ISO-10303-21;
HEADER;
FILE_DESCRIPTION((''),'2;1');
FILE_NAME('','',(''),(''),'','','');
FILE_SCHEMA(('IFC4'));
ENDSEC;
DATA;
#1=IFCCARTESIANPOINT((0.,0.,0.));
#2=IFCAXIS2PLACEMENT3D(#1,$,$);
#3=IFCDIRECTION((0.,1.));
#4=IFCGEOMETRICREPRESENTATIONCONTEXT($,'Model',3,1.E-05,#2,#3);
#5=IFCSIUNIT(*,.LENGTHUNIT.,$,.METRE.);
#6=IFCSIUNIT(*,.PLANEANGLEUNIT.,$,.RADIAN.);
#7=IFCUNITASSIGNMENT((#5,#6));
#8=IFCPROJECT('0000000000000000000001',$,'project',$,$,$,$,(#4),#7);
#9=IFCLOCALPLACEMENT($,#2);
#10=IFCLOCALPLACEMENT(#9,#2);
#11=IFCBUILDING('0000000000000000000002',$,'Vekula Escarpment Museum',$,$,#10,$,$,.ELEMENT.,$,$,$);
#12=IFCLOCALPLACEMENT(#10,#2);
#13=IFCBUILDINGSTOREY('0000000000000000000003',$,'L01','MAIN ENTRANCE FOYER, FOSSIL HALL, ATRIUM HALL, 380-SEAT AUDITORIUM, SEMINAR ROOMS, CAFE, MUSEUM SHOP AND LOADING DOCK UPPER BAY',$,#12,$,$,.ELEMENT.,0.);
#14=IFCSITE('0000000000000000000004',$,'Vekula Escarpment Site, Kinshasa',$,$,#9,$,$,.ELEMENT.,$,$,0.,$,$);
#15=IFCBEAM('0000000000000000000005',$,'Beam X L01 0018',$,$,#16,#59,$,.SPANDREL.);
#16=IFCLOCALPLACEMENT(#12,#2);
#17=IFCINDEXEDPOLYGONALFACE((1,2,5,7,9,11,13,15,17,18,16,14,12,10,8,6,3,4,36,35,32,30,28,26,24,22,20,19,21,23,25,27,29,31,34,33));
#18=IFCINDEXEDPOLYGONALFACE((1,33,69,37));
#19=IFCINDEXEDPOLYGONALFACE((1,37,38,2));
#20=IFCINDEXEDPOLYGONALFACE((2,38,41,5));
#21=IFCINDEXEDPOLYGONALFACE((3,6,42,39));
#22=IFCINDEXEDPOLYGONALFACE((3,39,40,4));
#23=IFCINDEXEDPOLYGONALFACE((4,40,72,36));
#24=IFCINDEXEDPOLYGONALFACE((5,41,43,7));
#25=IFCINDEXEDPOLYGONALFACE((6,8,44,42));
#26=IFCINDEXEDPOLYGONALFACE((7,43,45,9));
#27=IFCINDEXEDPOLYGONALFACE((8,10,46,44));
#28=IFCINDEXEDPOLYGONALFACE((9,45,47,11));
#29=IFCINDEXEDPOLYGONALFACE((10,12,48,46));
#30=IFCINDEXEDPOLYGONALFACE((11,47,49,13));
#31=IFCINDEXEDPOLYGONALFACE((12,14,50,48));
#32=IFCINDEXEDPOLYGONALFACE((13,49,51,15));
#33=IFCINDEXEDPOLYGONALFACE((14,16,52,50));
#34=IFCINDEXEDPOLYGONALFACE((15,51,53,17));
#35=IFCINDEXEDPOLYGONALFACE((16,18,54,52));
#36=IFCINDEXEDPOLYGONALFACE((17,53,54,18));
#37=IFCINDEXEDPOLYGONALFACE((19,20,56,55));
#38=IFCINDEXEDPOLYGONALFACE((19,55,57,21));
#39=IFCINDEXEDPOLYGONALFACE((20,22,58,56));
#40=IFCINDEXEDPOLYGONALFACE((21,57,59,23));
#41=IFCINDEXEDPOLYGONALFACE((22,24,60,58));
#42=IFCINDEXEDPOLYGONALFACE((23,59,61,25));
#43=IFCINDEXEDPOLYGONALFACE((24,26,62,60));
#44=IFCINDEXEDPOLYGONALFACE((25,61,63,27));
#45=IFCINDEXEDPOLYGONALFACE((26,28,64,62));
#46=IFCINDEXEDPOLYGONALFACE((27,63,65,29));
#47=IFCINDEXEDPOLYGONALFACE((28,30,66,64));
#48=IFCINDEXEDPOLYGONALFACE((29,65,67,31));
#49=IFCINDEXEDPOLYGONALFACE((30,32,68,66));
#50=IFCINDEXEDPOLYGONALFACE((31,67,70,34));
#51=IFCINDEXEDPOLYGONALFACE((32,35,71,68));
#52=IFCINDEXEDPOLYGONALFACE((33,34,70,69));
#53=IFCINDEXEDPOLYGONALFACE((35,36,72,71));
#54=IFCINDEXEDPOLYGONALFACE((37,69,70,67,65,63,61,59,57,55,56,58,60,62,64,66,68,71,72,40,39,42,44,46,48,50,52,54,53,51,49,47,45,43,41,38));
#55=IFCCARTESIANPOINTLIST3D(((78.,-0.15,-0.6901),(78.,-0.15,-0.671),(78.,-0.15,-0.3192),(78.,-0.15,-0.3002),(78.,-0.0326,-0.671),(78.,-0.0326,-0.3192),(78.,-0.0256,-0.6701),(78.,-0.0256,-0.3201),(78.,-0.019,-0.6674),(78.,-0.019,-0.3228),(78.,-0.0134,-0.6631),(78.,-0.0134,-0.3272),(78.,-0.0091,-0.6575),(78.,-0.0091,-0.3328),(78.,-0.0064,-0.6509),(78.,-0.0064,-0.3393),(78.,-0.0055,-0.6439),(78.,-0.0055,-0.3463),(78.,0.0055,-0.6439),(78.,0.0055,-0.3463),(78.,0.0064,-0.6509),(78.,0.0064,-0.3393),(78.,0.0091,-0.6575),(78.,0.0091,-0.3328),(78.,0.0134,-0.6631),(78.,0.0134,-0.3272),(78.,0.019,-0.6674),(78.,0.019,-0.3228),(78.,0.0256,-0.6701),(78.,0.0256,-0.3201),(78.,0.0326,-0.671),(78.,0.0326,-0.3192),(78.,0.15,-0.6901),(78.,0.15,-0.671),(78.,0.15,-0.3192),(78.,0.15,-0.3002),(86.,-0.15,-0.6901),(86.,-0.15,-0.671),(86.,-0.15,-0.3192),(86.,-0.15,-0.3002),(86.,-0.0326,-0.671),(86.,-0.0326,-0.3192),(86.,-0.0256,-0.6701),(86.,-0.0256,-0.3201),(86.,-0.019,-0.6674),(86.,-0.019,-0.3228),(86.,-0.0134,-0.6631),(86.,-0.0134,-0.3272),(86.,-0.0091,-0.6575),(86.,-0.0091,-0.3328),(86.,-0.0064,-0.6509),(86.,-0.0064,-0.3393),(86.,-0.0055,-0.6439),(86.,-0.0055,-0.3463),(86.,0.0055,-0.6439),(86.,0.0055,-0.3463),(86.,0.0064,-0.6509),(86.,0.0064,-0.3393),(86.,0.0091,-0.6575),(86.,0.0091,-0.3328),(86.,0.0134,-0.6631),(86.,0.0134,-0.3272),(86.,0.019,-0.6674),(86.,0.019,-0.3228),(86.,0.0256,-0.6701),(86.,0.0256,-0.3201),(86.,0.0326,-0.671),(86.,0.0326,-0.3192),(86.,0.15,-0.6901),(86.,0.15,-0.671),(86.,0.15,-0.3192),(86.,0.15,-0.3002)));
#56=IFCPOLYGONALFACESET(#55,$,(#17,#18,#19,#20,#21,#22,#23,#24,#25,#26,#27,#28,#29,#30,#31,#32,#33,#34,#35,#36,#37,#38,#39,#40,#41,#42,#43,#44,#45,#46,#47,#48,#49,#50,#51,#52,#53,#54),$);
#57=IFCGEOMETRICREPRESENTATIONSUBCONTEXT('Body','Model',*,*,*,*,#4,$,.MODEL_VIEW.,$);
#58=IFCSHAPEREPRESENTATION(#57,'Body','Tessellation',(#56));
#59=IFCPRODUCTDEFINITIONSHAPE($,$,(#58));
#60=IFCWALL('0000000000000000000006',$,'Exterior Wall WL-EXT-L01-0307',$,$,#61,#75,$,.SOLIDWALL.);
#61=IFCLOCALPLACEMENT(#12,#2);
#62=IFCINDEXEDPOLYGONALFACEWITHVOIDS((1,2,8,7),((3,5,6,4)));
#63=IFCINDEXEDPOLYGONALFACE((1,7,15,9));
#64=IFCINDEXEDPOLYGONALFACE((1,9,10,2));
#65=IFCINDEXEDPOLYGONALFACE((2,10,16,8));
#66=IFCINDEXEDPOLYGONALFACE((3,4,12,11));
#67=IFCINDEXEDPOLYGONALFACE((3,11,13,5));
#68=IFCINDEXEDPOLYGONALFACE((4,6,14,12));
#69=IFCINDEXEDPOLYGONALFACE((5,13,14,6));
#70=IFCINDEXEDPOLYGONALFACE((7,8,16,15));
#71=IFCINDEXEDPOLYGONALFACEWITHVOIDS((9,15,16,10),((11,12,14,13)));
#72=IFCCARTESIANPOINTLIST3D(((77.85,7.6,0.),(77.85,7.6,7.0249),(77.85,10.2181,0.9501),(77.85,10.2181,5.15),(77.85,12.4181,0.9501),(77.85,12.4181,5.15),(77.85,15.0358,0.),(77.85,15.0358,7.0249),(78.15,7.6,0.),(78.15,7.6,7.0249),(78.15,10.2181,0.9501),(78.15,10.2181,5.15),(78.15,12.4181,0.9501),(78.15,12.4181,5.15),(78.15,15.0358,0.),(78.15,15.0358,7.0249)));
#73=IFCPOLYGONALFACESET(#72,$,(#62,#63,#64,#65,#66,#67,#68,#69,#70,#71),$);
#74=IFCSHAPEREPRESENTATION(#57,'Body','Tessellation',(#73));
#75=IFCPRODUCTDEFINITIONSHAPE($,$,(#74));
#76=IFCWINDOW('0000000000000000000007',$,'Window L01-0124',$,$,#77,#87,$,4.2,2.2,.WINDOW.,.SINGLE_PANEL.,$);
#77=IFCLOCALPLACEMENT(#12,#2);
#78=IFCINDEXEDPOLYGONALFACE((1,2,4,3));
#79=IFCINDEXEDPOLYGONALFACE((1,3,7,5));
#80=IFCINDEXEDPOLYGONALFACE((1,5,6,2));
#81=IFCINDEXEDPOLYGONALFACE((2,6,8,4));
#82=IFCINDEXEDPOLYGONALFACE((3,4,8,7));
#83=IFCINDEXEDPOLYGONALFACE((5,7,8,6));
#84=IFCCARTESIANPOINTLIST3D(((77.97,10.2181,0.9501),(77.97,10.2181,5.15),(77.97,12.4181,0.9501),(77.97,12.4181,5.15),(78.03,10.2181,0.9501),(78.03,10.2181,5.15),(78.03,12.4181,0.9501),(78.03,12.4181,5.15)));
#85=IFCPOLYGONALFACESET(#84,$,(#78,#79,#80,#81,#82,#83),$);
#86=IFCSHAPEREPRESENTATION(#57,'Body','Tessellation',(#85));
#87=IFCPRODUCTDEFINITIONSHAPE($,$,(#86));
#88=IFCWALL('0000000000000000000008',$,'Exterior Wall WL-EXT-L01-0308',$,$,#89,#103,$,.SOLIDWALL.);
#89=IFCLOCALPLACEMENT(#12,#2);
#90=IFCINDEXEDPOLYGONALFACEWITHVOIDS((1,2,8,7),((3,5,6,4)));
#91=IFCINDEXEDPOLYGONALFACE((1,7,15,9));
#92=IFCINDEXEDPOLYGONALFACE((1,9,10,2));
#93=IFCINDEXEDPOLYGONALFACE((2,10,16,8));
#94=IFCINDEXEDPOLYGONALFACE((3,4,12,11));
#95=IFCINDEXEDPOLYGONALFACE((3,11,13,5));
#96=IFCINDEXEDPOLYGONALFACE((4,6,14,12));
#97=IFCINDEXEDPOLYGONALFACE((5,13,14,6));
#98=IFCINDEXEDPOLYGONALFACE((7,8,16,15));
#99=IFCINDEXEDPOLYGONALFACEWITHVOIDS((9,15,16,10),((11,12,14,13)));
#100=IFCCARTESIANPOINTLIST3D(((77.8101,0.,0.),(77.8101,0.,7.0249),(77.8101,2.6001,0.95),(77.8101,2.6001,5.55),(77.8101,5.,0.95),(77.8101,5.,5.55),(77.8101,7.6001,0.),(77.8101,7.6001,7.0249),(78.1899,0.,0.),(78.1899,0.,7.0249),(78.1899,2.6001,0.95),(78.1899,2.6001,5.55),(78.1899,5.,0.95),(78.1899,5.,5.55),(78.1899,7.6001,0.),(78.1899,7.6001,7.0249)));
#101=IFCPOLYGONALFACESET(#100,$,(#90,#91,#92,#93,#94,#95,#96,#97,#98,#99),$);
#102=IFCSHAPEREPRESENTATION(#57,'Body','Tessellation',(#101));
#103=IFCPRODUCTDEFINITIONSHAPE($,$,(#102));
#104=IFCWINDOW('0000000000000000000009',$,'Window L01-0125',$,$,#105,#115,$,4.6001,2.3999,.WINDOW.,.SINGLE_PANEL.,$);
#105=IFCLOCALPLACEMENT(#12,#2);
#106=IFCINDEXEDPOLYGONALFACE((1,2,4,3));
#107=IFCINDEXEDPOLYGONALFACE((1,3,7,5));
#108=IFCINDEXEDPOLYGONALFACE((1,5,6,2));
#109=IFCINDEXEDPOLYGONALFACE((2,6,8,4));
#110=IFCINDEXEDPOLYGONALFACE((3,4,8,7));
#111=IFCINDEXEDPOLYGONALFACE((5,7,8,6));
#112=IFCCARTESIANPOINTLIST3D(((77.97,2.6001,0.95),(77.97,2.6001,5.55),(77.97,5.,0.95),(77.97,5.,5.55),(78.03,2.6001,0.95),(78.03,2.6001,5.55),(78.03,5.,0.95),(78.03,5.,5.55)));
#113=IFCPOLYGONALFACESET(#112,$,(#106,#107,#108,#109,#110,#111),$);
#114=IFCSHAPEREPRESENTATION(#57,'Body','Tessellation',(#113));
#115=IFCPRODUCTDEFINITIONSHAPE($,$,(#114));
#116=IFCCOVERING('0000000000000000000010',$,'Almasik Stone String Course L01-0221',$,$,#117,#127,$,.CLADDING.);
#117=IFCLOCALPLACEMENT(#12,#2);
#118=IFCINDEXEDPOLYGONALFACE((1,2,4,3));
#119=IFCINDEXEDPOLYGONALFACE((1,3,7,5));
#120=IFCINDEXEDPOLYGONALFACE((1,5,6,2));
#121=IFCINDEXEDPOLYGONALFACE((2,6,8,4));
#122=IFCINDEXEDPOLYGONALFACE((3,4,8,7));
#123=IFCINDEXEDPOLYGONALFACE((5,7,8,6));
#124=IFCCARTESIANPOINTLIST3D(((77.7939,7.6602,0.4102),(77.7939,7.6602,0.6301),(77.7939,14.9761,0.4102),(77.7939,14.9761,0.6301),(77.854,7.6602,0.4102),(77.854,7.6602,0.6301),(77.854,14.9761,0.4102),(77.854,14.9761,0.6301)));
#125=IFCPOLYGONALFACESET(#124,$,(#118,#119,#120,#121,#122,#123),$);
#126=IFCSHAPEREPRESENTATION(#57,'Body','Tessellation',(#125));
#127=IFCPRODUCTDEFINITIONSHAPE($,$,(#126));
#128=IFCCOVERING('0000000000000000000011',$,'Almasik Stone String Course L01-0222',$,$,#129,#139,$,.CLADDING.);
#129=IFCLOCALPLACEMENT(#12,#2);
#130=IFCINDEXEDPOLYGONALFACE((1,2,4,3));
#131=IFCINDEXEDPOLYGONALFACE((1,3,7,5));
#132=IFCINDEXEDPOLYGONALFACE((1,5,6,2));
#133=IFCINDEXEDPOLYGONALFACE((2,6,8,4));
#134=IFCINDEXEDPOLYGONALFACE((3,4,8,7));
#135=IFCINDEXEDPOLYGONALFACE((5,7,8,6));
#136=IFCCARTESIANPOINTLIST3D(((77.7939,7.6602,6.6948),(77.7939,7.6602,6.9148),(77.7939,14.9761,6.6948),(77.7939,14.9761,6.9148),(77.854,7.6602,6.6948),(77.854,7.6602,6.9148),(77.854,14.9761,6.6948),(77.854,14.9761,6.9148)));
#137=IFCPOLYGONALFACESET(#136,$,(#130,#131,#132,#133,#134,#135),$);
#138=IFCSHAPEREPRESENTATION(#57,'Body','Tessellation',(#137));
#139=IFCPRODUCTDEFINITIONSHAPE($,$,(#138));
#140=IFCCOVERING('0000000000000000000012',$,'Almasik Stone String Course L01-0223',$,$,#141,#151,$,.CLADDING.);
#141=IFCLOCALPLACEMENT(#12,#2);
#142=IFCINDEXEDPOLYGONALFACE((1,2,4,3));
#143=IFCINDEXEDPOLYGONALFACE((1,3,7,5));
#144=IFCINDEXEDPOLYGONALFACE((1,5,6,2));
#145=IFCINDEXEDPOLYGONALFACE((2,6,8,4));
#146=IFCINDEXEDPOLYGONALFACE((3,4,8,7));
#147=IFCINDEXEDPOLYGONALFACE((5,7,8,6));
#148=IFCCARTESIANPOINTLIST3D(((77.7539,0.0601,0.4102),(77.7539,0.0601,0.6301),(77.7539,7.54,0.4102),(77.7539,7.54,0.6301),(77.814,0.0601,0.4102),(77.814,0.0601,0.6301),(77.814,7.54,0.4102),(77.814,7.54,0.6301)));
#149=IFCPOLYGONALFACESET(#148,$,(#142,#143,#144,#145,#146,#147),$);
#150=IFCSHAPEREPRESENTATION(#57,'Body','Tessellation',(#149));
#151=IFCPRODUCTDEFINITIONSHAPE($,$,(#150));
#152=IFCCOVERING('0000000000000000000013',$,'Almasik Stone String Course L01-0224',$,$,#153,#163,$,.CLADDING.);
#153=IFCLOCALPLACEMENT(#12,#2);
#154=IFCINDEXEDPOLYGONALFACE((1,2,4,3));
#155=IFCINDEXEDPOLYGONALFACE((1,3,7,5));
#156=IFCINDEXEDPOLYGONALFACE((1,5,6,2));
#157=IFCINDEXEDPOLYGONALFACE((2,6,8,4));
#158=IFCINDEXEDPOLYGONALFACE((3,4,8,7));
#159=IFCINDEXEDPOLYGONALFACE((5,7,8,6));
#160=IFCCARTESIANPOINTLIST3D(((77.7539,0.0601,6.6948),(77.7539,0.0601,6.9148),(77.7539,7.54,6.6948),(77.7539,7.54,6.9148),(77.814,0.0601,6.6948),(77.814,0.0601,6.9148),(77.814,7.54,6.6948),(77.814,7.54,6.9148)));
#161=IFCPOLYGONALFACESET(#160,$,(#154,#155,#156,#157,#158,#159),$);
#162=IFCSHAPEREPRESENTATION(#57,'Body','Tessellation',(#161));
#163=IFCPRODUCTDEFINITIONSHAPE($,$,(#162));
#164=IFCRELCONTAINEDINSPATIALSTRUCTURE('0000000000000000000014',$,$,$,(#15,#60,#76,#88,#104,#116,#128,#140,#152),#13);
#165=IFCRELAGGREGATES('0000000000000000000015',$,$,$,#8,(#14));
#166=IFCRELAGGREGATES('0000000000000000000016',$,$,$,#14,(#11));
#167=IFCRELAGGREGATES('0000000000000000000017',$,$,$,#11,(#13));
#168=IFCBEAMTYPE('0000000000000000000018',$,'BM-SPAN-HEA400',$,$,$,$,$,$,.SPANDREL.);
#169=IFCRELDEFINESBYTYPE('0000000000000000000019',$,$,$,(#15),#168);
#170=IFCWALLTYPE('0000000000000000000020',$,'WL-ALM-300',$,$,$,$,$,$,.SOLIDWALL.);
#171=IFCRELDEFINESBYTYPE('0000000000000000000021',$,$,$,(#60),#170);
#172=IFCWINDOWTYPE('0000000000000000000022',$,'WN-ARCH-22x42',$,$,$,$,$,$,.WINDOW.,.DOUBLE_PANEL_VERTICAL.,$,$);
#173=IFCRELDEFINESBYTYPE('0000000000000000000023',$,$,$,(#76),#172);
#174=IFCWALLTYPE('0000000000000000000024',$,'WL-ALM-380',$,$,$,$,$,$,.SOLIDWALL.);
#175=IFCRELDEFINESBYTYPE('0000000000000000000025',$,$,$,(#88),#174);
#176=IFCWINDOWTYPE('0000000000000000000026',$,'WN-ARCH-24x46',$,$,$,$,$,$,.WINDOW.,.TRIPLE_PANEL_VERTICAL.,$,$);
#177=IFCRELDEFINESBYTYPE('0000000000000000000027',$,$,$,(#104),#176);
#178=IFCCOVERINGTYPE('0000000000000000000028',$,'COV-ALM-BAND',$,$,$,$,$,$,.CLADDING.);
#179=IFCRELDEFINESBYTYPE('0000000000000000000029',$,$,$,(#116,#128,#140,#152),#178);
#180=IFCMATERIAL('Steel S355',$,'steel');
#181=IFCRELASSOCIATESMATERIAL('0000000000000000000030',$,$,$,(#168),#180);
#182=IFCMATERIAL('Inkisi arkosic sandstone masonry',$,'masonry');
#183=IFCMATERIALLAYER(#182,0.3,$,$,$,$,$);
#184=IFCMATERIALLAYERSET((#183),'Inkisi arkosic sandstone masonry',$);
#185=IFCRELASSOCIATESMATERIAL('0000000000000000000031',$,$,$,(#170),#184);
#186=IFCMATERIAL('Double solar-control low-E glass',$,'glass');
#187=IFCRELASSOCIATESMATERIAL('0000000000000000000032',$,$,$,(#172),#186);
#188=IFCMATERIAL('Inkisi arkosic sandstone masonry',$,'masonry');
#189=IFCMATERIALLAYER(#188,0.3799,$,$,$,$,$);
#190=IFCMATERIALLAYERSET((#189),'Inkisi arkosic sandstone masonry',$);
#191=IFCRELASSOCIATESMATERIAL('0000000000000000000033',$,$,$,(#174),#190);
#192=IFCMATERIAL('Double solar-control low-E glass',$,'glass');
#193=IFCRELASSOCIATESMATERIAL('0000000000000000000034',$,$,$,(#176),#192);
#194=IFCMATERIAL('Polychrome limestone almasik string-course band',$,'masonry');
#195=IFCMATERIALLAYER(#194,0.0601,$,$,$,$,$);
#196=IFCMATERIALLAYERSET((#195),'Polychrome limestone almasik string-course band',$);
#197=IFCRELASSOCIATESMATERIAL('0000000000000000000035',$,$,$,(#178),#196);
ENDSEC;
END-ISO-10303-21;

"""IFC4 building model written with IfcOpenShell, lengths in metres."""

from ifc_helpers import new_model, si_unit, direction, frame, frame_2d, origin, origin_2d, place, context, subcontext, project, spatial, rectangle, i_section, extrude, material, layer, layer_set, material_profile, profile_set, type_object, element, fill, save


model = new_model("IFC4")

# Units and contexts
model_context = context("Model", 3, precision=1e-05, world=origin(), true_north=direction((0.0, 1.0)))
body_context = subcontext(model_context, "Body", "Model", "MODEL_VIEW")
ifc_project = project(units=[si_unit("LENGTHUNIT", "METRE"), si_unit("PLANEANGLEUNIT", "RADIAN")], contexts=[model_context])

# Site, building, storey
site_placement = place(None, origin())
site = spatial("IfcSite", under=ifc_project, at=site_placement, Name="Vekula Escarpment Site, Kinshasa", CompositionType="ELEMENT", RefElevation=0.0)
building_placement = place(site_placement, origin())
building = spatial("IfcBuilding", under=site, at=building_placement, Name="Vekula Escarpment Museum", CompositionType="ELEMENT")
storey_placement = place(building_placement, origin())
storey = spatial("IfcBuildingStorey", under=building, at=storey_placement, Name="L01", Description="MAIN ENTRANCE FOYER, FOSSIL HALL, ATRIUM HALL, 380-SEAT AUDITORIUM, SEMINAR ROOMS, CAFE, MUSEUM SHOP AND LOADING DOCK UPPER BAY", CompositionType="ELEMENT", Elevation=0.0)

# Beam
ifc_material_1 = material(Name="Steel S355", Category="steel")
ifc_material_profile_1 = material_profile(ifc_material_1, i_section(OverallWidth=0.3, OverallDepth=0.3899, WebThickness=0.011, FlangeThickness=0.019, FilletRadius=0.0271, at=origin_2d()), Name="HEA 400")
ifc_profile_set_1 = profile_set([ifc_material_profile_1], Name="Steel S355")
beam_type_1 = type_object("IfcBeamType", Name="BM-SPAN-HEA400", PredefinedType="SPANDREL", material=ifc_profile_set_1)
beam_1_placement = place(storey_placement, frame((78.0, 0.0, -0.4951), z_axis=(1.0, 0.0, 0.0), x_axis=(0.0, 1.0, 0.0)))
element("IfcBeam", 1, at=beam_1_placement, inside=storey, type_object=beam_type_1, Name="Beam X L01 0018", PredefinedType="SPANDREL", context=body_context, shape_type="SweptSolid", body=[
    extrude(i_section(OverallWidth=0.3, OverallDepth=0.3899, WebThickness=0.011, FlangeThickness=0.019, FilletRadius=0.0271, at=origin_2d()), origin(), (0.0, 0.0, 1.0), 8.0),
])

# Walls, openings, windows
ifc_material_2 = material(Name="Inkisi arkosic sandstone masonry", Category="masonry")
ifc_layer_1 = layer(ifc_material_2, 0.3)
ifc_layer_set_1 = layer_set([ifc_layer_1], Name="Inkisi arkosic sandstone masonry")
wall_type_1 = type_object("IfcWallType", Name="WL-ALM-300", PredefinedType="SOLIDWALL", material=ifc_layer_set_1)
wall_1_placement = place(storey_placement, frame((78.0, 7.6001, 0.0), z_axis=(0.0, 0.0, 1.0), x_axis=(0.0, 1.0, 0.0)))
wall_1 = element("IfcWall", 2, at=wall_1_placement, inside=storey, type_object=wall_type_1, Name="Exterior Wall WL-EXT-L01-0307", PredefinedType="SOLIDWALL", context=body_context, shape_type="SweptSolid", body=[
    extrude(rectangle(XDim=7.4358, YDim=0.3, at=frame_2d((3.7178, 0.0))), origin(), (0.0, 0.0, 1.0), 7.0249),
])
opening_1_placement = place(wall_1_placement, frame((2.6179, 0.0, 0.95)))
opening_1 = element("IfcOpeningElement", 3, at=opening_1_placement, cuts=wall_1, PredefinedType="OPENING", context=body_context, shape_type="SweptSolid", body=[
    extrude(rectangle(XDim=2.2, YDim=4.2, at=frame_2d((1.1001, 2.1001))), frame((0.0, 0.1599, 0.0), z_axis=(0.0, -1.0, 0.0), x_axis=(1.0, 0.0, 0.0)), (0.0, 0.0, 1.0), 0.3201),
])
ifc_material_3 = material(Name="Double solar-control low-E glass", Category="glass")
window_type_1 = type_object("IfcWindowType", Name="WN-ARCH-22x42", PartitioningType="DOUBLE_PANEL_VERTICAL", PredefinedType="WINDOW", material=ifc_material_3)
window_1_placement = place(opening_1_placement, origin())
window_1 = element("IfcWindow", 4, at=window_1_placement, inside=storey, type_object=window_type_1, Name="Window L01-0124", OverallHeight=4.2, OverallWidth=2.2, PartitioningType="SINGLE_PANEL", PredefinedType="WINDOW", context=body_context, shape_type="SweptSolid", body=[
    extrude(rectangle(XDim=2.2, YDim=4.2, at=frame_2d((1.1001, 2.1001))), frame((0.0, 0.03, 0.0), z_axis=(0.0, -1.0, 0.0), x_axis=(1.0, 0.0, 0.0)), (0.0, 0.0, 1.0), 0.0601),
])
fill(opening_1, window_1)
ifc_material_4 = material(Name="Inkisi arkosic sandstone masonry", Category="masonry")
ifc_layer_2 = layer(ifc_material_4, 0.3799)
ifc_layer_set_2 = layer_set([ifc_layer_2], Name="Inkisi arkosic sandstone masonry")
wall_type_2 = type_object("IfcWallType", Name="WL-ALM-380", PredefinedType="SOLIDWALL", material=ifc_layer_set_2)
wall_2_placement = place(storey_placement, frame((78.0, 0.0, 0.0), z_axis=(0.0, 0.0, 1.0), x_axis=(0.0, 1.0, 0.0)))
wall_2 = element("IfcWall", 5, at=wall_2_placement, inside=storey, type_object=wall_type_2, Name="Exterior Wall WL-EXT-L01-0308", PredefinedType="SOLIDWALL", context=body_context, shape_type="SweptSolid", body=[
    extrude(rectangle(XDim=7.6001, YDim=0.3799, at=frame_2d((3.8, 0.0))), origin(), (0.0, 0.0, 1.0), 7.0249),
])
opening_2_placement = place(wall_2_placement, frame((2.6001, 0.0, 0.95)))
opening_2 = element("IfcOpeningElement", 6, at=opening_2_placement, cuts=wall_2, PredefinedType="OPENING", context=body_context, shape_type="SweptSolid", body=[
    extrude(rectangle(XDim=2.3999, YDim=4.6001, at=frame_2d((1.2, 2.3))), frame((0.0, 0.2, 0.0), z_axis=(0.0, -1.0, 0.0), x_axis=(1.0, 0.0, 0.0)), (0.0, 0.0, 1.0), 0.3999),
])
ifc_material_5 = material(Name="Double solar-control low-E glass", Category="glass")
window_type_2 = type_object("IfcWindowType", Name="WN-ARCH-24x46", PartitioningType="TRIPLE_PANEL_VERTICAL", PredefinedType="WINDOW", material=ifc_material_5)
window_2_placement = place(opening_2_placement, origin())
window_2 = element("IfcWindow", 7, at=window_2_placement, inside=storey, type_object=window_type_2, Name="Window L01-0125", OverallHeight=4.6001, OverallWidth=2.3999, PartitioningType="SINGLE_PANEL", PredefinedType="WINDOW", context=body_context, shape_type="SweptSolid", body=[
    extrude(rectangle(XDim=2.3999, YDim=4.6001, at=frame_2d((1.2, 2.3))), frame((0.0, 0.03, 0.0), z_axis=(0.0, -1.0, 0.0), x_axis=(1.0, 0.0, 0.0)), (0.0, 0.0, 1.0), 0.0601),
])
fill(opening_2, window_2)

# Coverings
ifc_material_6 = material(Name="Polychrome limestone almasik string-course band", Category="masonry")
ifc_layer_3 = layer(ifc_material_6, 0.0601)
ifc_layer_set_3 = layer_set([ifc_layer_3], Name="Polychrome limestone almasik string-course band")
covering_type_1 = type_object("IfcCoveringType", Name="COV-ALM-BAND", PredefinedType="CLADDING", material=ifc_layer_set_3)
for number, where, z_axis, x_axis, name in (
    (8, (77.824, 11.3181, 0.4102), (0.0, 0.0, 1.0), (0.0, 1.0, 0.0), "Almasik Stone String Course L01-0221"),
    (9, (77.824, 11.3181, 6.6948), (0.0, 0.0, 1.0), (0.0, 1.0, 0.0), "Almasik Stone String Course L01-0222"),
):
    element("IfcCovering", number, at=place(storey_placement, frame(where, z_axis=z_axis, x_axis=x_axis)), inside=storey, type_object=covering_type_1, Name=name, PredefinedType="CLADDING", context=body_context, shape_type="SweptSolid", body=[
        extrude(rectangle(XDim=7.3159, YDim=0.0601, at=origin_2d()), origin(), (0.0, 0.0, 1.0), 0.22),
    ])
for number, where, z_axis, x_axis, name in (
    (10, (77.7839, 3.8, 0.4102), (0.0, 0.0, 1.0), (0.0, 1.0, 0.0), "Almasik Stone String Course L01-0223"),
    (11, (77.7839, 3.8, 6.6948), (0.0, 0.0, 1.0), (0.0, 1.0, 0.0), "Almasik Stone String Course L01-0224"),
):
    element("IfcCovering", number, at=place(storey_placement, frame(where, z_axis=z_axis, x_axis=x_axis)), inside=storey, type_object=covering_type_1, Name=name, PredefinedType="CLADDING", context=body_context, shape_type="SweptSolid", body=[
        extrude(rectangle(XDim=7.48, YDim=0.0601, at=origin_2d()), origin(), (0.0, 0.0, 1.0), 0.22),
    ])

save(model, "model.ifc")
